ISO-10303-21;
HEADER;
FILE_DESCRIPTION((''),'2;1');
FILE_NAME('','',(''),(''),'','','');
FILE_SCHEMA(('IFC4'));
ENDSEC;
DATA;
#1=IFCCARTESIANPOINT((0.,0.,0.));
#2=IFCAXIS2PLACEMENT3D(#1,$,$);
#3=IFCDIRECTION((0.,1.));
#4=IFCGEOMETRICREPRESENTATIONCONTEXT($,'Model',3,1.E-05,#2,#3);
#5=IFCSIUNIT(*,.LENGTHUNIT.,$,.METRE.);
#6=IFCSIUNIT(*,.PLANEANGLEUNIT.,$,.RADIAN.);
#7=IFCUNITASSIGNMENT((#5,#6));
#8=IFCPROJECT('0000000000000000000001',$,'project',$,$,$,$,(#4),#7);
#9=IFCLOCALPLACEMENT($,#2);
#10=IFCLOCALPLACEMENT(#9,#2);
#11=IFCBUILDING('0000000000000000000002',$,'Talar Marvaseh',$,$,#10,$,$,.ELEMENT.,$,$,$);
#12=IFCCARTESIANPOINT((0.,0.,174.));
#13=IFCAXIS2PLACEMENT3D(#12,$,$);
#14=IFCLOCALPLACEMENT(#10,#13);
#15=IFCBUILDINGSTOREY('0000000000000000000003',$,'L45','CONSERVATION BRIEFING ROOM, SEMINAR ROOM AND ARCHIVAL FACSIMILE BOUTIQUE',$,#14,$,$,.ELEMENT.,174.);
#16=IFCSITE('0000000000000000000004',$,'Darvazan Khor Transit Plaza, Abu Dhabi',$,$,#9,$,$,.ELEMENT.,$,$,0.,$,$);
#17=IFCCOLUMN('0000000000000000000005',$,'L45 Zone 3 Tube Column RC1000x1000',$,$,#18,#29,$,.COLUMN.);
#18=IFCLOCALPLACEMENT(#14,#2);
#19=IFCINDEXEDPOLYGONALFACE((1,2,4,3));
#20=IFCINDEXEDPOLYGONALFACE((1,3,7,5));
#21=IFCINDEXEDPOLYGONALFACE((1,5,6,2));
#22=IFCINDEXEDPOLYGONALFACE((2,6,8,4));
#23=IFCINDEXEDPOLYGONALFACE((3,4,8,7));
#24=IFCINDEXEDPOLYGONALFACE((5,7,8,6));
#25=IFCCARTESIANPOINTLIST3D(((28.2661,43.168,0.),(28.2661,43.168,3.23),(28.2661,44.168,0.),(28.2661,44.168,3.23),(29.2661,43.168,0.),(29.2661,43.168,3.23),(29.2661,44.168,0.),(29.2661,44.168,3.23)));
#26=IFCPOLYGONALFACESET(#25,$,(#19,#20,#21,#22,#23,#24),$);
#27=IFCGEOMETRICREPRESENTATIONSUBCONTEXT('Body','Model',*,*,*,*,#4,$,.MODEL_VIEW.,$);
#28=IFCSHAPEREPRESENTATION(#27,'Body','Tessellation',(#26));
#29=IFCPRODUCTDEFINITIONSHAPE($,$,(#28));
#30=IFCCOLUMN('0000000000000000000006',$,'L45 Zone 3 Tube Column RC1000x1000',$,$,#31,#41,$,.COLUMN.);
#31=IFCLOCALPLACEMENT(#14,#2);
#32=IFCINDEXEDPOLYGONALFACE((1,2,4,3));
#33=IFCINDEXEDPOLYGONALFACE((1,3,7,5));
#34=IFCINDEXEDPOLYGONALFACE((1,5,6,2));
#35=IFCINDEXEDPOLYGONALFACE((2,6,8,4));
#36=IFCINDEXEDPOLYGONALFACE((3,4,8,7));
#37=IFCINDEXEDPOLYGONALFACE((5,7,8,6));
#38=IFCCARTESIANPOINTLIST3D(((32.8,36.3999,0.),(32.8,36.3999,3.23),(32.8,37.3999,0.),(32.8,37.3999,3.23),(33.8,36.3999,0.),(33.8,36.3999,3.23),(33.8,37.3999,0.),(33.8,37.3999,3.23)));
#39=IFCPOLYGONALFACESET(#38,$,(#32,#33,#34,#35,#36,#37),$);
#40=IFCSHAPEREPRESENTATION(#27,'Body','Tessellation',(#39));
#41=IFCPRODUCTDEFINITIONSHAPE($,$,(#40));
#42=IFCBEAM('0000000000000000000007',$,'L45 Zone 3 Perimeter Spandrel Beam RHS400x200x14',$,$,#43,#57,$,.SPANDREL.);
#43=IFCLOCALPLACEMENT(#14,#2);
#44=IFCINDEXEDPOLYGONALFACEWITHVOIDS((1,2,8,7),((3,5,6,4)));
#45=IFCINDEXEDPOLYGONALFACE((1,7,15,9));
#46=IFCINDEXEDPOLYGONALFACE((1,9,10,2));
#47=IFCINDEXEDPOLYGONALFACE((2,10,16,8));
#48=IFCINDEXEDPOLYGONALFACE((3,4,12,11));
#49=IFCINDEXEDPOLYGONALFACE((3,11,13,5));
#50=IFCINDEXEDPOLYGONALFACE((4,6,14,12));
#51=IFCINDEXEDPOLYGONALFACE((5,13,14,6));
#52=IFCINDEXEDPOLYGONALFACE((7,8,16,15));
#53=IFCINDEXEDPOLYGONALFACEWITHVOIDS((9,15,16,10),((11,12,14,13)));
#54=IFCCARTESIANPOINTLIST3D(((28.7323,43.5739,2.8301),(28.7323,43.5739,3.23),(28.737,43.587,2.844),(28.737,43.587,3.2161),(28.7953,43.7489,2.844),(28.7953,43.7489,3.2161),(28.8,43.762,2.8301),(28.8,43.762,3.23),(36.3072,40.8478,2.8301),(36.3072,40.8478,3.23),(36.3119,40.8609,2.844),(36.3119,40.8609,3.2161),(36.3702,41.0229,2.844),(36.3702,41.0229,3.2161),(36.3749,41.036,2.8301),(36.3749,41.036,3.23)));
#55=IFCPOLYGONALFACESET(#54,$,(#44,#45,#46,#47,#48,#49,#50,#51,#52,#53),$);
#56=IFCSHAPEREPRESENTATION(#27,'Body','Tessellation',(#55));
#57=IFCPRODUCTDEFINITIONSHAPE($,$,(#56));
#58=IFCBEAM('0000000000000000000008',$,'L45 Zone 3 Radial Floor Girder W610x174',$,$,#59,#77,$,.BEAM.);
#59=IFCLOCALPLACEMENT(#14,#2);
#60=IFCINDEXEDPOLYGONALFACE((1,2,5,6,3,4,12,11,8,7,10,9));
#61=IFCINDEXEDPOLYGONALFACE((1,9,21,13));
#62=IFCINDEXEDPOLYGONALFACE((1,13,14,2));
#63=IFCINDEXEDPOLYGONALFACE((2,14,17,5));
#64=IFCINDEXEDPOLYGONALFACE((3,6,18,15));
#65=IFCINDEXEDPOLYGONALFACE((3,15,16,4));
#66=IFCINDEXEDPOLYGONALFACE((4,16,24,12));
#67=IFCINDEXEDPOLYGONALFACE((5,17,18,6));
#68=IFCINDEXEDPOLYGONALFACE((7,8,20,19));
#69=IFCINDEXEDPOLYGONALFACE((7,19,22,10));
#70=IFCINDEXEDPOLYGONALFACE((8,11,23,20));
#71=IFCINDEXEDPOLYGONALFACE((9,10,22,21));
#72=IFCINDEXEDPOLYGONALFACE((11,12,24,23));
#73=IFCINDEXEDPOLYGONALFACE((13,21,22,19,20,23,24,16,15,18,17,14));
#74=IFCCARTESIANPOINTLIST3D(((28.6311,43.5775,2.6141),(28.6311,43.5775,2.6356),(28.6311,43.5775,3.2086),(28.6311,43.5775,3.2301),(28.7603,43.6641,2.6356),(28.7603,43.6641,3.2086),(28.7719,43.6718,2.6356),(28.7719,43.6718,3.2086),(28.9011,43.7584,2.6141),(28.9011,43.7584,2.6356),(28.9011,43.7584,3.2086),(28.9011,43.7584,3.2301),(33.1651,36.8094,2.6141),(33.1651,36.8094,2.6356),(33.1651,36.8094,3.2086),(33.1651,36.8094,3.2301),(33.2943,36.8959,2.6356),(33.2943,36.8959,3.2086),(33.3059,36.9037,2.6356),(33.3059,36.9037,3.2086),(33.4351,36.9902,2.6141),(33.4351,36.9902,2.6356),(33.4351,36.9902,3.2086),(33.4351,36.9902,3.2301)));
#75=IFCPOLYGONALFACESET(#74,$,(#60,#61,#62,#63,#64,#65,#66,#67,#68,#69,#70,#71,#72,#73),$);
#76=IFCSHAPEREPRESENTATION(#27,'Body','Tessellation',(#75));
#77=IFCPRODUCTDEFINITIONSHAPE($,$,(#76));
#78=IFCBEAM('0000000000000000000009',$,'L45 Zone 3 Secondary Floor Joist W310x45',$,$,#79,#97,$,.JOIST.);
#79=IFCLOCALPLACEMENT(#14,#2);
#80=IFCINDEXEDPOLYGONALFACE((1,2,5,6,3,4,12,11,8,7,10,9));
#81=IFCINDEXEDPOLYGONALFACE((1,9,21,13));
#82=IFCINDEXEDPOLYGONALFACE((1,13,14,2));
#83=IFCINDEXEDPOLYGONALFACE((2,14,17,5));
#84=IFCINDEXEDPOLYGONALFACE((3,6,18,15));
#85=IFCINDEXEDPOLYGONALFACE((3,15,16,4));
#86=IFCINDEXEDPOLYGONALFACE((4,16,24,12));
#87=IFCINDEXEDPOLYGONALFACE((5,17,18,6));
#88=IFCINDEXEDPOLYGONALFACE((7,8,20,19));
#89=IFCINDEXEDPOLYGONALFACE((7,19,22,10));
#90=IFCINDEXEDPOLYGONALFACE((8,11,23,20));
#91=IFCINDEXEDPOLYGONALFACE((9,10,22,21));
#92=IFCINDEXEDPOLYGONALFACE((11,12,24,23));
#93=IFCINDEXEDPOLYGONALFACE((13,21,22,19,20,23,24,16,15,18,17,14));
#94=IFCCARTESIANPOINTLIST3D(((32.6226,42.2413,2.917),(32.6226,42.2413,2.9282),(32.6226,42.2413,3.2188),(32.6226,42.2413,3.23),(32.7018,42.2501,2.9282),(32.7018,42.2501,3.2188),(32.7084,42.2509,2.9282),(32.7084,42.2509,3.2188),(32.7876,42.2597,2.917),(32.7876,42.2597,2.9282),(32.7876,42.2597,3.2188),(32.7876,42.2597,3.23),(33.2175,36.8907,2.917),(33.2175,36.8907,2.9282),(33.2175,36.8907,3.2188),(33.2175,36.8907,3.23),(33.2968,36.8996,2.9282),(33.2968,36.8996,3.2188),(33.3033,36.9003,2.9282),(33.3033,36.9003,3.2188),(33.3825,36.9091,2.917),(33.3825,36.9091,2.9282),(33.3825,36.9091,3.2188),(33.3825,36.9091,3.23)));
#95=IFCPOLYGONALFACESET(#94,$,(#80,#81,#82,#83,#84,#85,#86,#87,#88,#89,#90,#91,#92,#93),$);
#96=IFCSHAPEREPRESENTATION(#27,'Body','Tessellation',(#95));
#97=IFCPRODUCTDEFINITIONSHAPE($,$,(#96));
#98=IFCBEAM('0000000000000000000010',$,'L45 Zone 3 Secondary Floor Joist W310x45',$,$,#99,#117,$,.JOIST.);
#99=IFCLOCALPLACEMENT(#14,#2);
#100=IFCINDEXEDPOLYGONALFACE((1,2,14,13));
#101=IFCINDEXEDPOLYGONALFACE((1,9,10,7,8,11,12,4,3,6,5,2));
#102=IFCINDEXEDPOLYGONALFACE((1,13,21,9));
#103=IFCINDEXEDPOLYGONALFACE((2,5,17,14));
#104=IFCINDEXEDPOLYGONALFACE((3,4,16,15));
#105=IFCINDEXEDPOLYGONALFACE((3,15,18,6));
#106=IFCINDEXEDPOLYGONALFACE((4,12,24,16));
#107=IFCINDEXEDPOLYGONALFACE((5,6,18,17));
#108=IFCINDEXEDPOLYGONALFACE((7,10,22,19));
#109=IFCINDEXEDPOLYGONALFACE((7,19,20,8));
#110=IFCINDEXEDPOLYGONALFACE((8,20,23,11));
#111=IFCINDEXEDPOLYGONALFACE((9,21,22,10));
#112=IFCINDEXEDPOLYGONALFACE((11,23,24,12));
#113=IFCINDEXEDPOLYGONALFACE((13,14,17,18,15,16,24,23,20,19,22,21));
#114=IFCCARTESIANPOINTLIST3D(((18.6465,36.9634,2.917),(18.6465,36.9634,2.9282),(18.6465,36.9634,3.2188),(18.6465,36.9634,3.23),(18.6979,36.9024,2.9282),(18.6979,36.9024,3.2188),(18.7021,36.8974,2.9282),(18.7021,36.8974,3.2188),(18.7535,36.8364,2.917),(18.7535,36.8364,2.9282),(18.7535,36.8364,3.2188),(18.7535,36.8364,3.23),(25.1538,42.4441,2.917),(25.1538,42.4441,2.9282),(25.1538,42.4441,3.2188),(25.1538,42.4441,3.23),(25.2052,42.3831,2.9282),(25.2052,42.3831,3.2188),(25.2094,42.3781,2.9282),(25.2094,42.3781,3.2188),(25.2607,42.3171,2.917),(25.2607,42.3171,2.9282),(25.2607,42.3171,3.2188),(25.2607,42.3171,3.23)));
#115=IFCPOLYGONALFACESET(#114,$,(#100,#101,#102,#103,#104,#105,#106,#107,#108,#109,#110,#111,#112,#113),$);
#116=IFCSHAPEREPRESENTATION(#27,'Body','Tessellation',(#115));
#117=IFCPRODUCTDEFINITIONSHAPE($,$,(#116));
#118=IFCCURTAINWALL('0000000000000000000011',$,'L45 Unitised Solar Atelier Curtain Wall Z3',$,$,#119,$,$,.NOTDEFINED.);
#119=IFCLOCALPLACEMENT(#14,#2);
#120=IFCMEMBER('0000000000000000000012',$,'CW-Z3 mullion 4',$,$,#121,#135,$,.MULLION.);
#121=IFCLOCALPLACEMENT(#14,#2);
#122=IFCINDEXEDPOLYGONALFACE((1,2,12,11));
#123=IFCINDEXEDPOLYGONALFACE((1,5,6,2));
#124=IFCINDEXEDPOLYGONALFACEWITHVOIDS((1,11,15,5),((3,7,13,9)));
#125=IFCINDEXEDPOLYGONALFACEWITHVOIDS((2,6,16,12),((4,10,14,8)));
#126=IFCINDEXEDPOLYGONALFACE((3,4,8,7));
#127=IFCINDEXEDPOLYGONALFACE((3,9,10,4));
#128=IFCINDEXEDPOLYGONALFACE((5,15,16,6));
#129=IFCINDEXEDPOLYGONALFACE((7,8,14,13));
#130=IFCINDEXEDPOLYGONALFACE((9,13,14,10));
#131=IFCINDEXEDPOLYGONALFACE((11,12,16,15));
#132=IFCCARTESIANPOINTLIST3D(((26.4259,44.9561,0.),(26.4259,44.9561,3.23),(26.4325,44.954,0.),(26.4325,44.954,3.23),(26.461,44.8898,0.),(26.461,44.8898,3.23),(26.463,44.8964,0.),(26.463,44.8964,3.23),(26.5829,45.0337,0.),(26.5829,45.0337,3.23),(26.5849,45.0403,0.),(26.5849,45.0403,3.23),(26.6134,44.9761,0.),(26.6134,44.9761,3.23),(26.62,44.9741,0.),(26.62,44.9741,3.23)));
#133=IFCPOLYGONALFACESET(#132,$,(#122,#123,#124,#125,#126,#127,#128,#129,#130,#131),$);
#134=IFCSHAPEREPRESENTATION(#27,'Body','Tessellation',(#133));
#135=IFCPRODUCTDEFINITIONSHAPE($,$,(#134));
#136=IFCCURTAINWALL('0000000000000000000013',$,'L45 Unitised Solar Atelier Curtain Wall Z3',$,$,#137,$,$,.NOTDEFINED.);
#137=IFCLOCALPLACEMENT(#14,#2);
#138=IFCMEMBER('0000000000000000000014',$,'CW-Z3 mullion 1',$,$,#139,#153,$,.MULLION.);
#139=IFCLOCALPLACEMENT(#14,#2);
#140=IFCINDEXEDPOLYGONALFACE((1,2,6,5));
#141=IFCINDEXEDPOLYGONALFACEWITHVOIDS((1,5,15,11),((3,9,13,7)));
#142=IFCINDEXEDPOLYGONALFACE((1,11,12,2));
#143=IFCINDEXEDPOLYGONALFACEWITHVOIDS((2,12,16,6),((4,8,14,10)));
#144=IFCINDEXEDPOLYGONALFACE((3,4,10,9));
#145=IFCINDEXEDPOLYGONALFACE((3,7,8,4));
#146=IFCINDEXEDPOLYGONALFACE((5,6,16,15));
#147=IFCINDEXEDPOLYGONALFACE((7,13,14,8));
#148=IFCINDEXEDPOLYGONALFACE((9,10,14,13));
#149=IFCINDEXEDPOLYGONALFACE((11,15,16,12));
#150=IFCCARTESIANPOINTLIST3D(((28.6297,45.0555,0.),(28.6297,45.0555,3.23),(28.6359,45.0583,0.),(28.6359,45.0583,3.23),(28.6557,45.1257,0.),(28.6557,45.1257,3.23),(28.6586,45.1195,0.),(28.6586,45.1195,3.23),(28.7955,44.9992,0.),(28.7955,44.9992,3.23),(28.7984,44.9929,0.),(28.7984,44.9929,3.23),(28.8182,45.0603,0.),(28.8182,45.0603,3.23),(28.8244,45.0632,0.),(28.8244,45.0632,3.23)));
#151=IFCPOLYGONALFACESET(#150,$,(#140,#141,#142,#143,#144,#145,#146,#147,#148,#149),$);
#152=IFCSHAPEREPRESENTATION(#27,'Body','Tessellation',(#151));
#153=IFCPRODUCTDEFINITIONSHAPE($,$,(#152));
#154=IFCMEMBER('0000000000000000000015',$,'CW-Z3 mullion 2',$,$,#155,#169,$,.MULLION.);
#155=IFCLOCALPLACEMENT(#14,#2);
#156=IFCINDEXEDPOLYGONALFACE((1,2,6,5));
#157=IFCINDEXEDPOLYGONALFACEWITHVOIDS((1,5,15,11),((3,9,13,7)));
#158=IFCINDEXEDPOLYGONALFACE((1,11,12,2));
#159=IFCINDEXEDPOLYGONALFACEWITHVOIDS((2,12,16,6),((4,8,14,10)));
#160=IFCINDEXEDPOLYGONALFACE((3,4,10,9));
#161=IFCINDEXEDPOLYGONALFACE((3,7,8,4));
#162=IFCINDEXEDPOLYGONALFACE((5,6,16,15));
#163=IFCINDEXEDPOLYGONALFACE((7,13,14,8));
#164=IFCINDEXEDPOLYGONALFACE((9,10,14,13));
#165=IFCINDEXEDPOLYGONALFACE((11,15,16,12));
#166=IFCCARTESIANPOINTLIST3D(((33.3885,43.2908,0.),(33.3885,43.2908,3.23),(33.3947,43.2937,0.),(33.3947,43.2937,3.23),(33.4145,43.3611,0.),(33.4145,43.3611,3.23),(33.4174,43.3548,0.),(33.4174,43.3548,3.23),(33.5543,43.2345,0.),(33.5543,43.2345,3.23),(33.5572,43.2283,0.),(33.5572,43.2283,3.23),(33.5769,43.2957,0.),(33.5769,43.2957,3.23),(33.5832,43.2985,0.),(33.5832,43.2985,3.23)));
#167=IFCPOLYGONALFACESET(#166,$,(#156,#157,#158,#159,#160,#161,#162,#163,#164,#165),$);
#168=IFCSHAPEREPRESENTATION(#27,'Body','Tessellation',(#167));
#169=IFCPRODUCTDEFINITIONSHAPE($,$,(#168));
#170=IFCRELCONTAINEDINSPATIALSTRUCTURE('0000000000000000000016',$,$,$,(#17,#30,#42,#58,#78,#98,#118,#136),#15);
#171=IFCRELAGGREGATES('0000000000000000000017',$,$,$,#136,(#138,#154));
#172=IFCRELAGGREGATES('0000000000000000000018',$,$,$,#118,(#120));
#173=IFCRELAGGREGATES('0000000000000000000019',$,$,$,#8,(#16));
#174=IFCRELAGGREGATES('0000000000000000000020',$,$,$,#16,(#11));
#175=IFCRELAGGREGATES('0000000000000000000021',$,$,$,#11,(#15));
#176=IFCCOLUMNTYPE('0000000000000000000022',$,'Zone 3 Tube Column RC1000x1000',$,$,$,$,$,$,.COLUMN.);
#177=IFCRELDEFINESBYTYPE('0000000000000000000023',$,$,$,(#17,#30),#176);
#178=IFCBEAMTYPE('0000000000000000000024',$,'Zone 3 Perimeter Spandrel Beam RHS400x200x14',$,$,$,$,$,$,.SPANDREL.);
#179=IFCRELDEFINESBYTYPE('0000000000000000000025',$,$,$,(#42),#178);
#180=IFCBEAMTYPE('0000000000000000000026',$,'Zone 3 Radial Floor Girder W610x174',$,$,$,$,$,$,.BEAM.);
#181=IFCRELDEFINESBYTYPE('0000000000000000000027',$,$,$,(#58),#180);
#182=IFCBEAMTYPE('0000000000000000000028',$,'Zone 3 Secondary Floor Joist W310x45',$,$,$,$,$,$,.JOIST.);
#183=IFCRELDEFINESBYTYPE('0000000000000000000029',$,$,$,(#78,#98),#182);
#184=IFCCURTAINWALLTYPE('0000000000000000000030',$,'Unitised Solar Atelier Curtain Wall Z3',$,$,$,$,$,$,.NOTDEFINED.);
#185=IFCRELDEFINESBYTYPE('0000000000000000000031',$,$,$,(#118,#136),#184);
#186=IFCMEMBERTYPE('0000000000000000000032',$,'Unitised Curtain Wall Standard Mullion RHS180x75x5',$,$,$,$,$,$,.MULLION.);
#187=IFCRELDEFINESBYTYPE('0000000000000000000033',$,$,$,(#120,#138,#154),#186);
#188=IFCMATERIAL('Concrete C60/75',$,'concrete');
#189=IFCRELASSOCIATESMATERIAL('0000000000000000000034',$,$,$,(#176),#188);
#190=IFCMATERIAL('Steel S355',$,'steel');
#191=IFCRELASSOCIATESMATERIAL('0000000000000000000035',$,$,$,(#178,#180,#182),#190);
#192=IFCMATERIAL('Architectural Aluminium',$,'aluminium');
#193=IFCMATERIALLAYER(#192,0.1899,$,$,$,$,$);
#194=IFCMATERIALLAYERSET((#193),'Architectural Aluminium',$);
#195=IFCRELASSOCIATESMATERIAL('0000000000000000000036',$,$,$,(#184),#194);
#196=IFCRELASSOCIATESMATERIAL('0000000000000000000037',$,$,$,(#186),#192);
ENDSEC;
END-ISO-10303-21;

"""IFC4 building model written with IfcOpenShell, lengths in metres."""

from ifc_helpers import new_model, si_unit, direction, frame, origin, origin_2d, place, context, subcontext, project, spatial, rectangle, hollow_rectangle, i_section, extrude, source, transform, mapped, material, layer, layer_set, material_profile, profile_set, type_object, type_shapes, element, aggregate, save


model = new_model("IFC4")

# Units and contexts
model_context = context("Model", 3, precision=1e-05, world=origin(), true_north=direction((0.0, 1.0)))
body_context = subcontext(model_context, "Body", "Model", "MODEL_VIEW")
ifc_project = project(units=[si_unit("LENGTHUNIT", "METRE"), si_unit("PLANEANGLEUNIT", "RADIAN")], contexts=[model_context])

# Site, building, storey
site_placement = place(None, origin())
site = spatial("IfcSite", under=ifc_project, at=site_placement, Name="Darvazan Khor Transit Plaza, Abu Dhabi", CompositionType="ELEMENT", RefElevation=0.0)
building_placement = place(site_placement, origin())
building = spatial("IfcBuilding", under=site, at=building_placement, Name="Talar Marvaseh", CompositionType="ELEMENT")
storey_placement = place(building_placement, frame((0.0, 0.0, 174.0)))
storey = spatial("IfcBuildingStorey", under=building, at=storey_placement, Name="L45", Description="CONSERVATION BRIEFING ROOM, SEMINAR ROOM AND ARCHIVAL FACSIMILE BOUTIQUE", CompositionType="ELEMENT", Elevation=174.0)

# Columns
ifc_material_1 = material(Name="Concrete C60/75", Category="concrete")
ifc_material_profile_1 = material_profile(ifc_material_1, rectangle(XDim=1.0, YDim=1.0, at=origin_2d()), Name="RC1000x1000")
ifc_profile_set_1 = profile_set([ifc_material_profile_1], Name="Concrete C60/75")
column_type = type_object("IfcColumnType", Name="Zone 3 Tube Column RC1000x1000", PredefinedType="COLUMN", material=ifc_profile_set_1)
for number, where, z_axis, x_axis, name in (
    (1, (28.7661, 43.668, 0.0), (0.0, 0.0, 1.0), (1.0, 0.0, 0.0), "L45 Zone 3 Tube Column RC1000x1000"),
    (2, (33.3, 36.8999, 0.0), (0.0, 0.0, 1.0), (1.0, 0.0, 0.0), "L45 Zone 3 Tube Column RC1000x1000"),
):
    element("IfcColumn", number, at=place(storey_placement, frame(where, z_axis=z_axis, x_axis=x_axis)), inside=storey, type_object=column_type, Name=name, PredefinedType="COLUMN", context=body_context, shape_type="SweptSolid", body=[
        extrude(rectangle(XDim=1.0, YDim=1.0, at=origin_2d()), origin(), (0.0, 0.0, 1.0), 3.23),
    ])

# Beams
ifc_material_2 = material(Name="Steel S355", Category="steel")
ifc_material_profile_2 = material_profile(ifc_material_2, hollow_rectangle(XDim=0.2, YDim=0.3999, WallThickness=0.0139, at=origin_2d()), Name="RHS400x200x14")
ifc_profile_set_2 = profile_set([ifc_material_profile_2], Name="Steel S355")
beam_type_1 = type_object("IfcBeamType", Name="Zone 3 Perimeter Spandrel Beam RHS400x200x14", PredefinedType="SPANDREL", material=ifc_profile_set_2)
beam_1_placement = place(storey_placement, frame((28.7661, 43.668, 3.03), z_axis=(0.940923, -0.33862, 0.0), x_axis=(0.33862, 0.940923, 0.0)))
element("IfcBeam", 3, at=beam_1_placement, inside=storey, type_object=beam_type_1, Name="L45 Zone 3 Perimeter Spandrel Beam RHS400x200x14", PredefinedType="SPANDREL", context=body_context, shape_type="SweptSolid", body=[
    extrude(hollow_rectangle(XDim=0.2, YDim=0.3999, WallThickness=0.0139, at=origin_2d()), origin(), (0.0, 0.0, 1.0), 8.0505),
])
ifc_material_profile_3 = material_profile(ifc_material_2, i_section(OverallWidth=0.325, OverallDepth=0.616, WebThickness=0.0139, FlangeThickness=0.0215, at=origin_2d()), Name="W610x174")
ifc_profile_set_3 = profile_set([ifc_material_profile_3], Name="Steel S355")
beam_type_2 = type_object("IfcBeamType", Name="Zone 3 Radial Floor Girder W610x174", PredefinedType="BEAM", material=ifc_profile_set_3)
beam_2_placement = place(storey_placement, frame((28.7661, 43.668, 2.9221), z_axis=(0.556559, -0.830808, 0.0), x_axis=(0.830808, 0.556559, 0.0)))
element("IfcBeam", 4, at=beam_2_placement, inside=storey, type_object=beam_type_2, Name="L45 Zone 3 Radial Floor Girder W610x174", PredefinedType="BEAM", context=body_context, shape_type="SweptSolid", body=[
    extrude(i_section(OverallWidth=0.325, OverallDepth=0.616, WebThickness=0.0139, FlangeThickness=0.0215, at=origin_2d()), origin(), (0.0, 0.0, 1.0), 8.1465),
])
ifc_material_profile_4 = material_profile(ifc_material_2, i_section(OverallWidth=0.166, OverallDepth=0.313, WebThickness=0.0066, FlangeThickness=0.0112, at=origin_2d()), Name="W310x45")
ifc_profile_set_4 = profile_set([ifc_material_profile_4], Name="Steel S355")
beam_type_3 = type_object("IfcBeamType", Name="Zone 3 Secondary Floor Joist W310x45", PredefinedType="JOIST", material=ifc_profile_set_4)
beam_3_placement = place(storey_placement, frame((32.7051, 42.2505, 3.0735), z_axis=(0.110516, -0.993874, 0.0), x_axis=(0.993874, 0.110516, 0.0)))
element("IfcBeam", 5, at=beam_3_placement, inside=storey, type_object=beam_type_3, Name="L45 Zone 3 Secondary Floor Joist W310x45", PredefinedType="JOIST", context=body_context, shape_type="SweptSolid", body=[
    extrude(i_section(OverallWidth=0.166, OverallDepth=0.313, WebThickness=0.0066, FlangeThickness=0.0112, at=origin_2d()), origin(), (0.0, 0.0, 1.0), 5.3835),
])
beam_4_placement = place(storey_placement, frame((25.2073, 42.3806, 3.0735), z_axis=(-0.764861, -0.644195, 0.0), x_axis=(0.644195, -0.764861, 0.0)))
element("IfcBeam", 6, at=beam_4_placement, inside=storey, type_object=beam_type_3, Name="L45 Zone 3 Secondary Floor Joist W310x45", PredefinedType="JOIST", context=body_context, shape_type="SweptSolid", body=[
    extrude(i_section(OverallWidth=0.166, OverallDepth=0.313, WebThickness=0.0066, FlangeThickness=0.0112, at=origin_2d()), origin(), (0.0, 0.0, 1.0), 8.5078),
])

# Curtain wall, member
ifc_material_3 = material(Name="Architectural Aluminium", Category="aluminium")
ifc_layer_1 = layer(ifc_material_3, 0.1899)
ifc_layer_set_1 = layer_set([ifc_layer_1], Name="Architectural Aluminium")
curtain_wall_type = type_object("IfcCurtainWallType", Name="Unitised Solar Atelier Curtain Wall Z3", PredefinedType="NOTDEFINED", material=ifc_layer_set_1)
curtain_wall_1_placement = place(storey_placement, origin())
curtain_wall_1 = element("IfcCurtainWall", 7, at=curtain_wall_1_placement, inside=storey, type_object=curtain_wall_type, Name="L45 Unitised Solar Atelier Curtain Wall Z3", PredefinedType="NOTDEFINED")
ifc_material_profile_5 = material_profile(ifc_material_3, hollow_rectangle(XDim=0.075, YDim=0.1799, WallThickness=0.0049, at=origin_2d()), Name="RHS180x75x5")
ifc_profile_set_5 = profile_set([ifc_material_profile_5], Name="Architectural Aluminium")
member_type_1 = type_object("IfcMemberType", Name="Unitised Curtain Wall Standard Mullion RHS180x75x5", PredefinedType="MULLION", material=ifc_profile_set_5)
shared_shape_1 = source(origin(), body_context, "Body", "SweptSolid", [
    extrude(hollow_rectangle(XDim=0.075, YDim=0.1799, WallThickness=0.0049, at=origin_2d()), origin(), (0.0, 0.0, 1.0), 3.23),
])
type_shapes(member_type_1, [shared_shape_1])
member_1_placement = place(storey_placement, frame((26.5229, 44.9651, 0.0), z_axis=(0.0, 0.0, 1.0), x_axis=(-0.468427, 0.883502, 0.0)))
member_1 = element("IfcMember", 8, at=member_1_placement, type_object=member_type_1, Name="CW-Z3 mullion 4", PredefinedType="MULLION", context=body_context, shape_type="MappedRepresentation", body=[
    mapped(shared_shape_1, transform((0.0, 0.0, 0.0), x_axis=(1.0, 0.0, 0.0), y_axis=(0.0, 1.0, 0.0), z_axis=(0.0, 0.0, 1.0), scale=1.0)),
])

# Curtain wall, members
curtain_wall_2_placement = place(storey_placement, origin())
curtain_wall_2 = element("IfcCurtainWall", 9, at=curtain_wall_2_placement, inside=storey, type_object=curtain_wall_type, Name="L45 Unitised Solar Atelier Curtain Wall Z3", PredefinedType="NOTDEFINED")
member_2_placement = place(storey_placement, frame((28.7271, 45.0593, 0.0), z_axis=(0.0, 0.0, 1.0), x_axis=(0.347695, 0.937608, 0.0)))
member_2 = element("IfcMember", 10, at=member_2_placement, type_object=member_type_1, Name="CW-Z3 mullion 1", PredefinedType="MULLION", context=body_context, shape_type="MappedRepresentation", body=[
    mapped(shared_shape_1, transform((0.0, 0.0, 0.0), x_axis=(1.0, 0.0, 0.0), y_axis=(0.0, 1.0, 0.0), z_axis=(0.0, 0.0, 1.0), scale=1.0)),
])
member_3_placement = place(storey_placement, frame((33.4858, 43.2947, 0.0), z_axis=(0.0, 0.0, 1.0), x_axis=(0.347695, 0.937608, 0.0)))
member_3 = element("IfcMember", 11, at=member_3_placement, type_object=member_type_1, Name="CW-Z3 mullion 2", PredefinedType="MULLION", context=body_context, shape_type="MappedRepresentation", body=[
    mapped(shared_shape_1, transform((0.0, 0.0, 0.0), x_axis=(1.0, 0.0, 0.0), y_axis=(0.0, 1.0, 0.0), z_axis=(0.0, 0.0, 1.0), scale=1.0)),
])
aggregate(curtain_wall_2, [member_2, member_3])

aggregate(curtain_wall_1, [member_1])

save(model, "model.ifc")
